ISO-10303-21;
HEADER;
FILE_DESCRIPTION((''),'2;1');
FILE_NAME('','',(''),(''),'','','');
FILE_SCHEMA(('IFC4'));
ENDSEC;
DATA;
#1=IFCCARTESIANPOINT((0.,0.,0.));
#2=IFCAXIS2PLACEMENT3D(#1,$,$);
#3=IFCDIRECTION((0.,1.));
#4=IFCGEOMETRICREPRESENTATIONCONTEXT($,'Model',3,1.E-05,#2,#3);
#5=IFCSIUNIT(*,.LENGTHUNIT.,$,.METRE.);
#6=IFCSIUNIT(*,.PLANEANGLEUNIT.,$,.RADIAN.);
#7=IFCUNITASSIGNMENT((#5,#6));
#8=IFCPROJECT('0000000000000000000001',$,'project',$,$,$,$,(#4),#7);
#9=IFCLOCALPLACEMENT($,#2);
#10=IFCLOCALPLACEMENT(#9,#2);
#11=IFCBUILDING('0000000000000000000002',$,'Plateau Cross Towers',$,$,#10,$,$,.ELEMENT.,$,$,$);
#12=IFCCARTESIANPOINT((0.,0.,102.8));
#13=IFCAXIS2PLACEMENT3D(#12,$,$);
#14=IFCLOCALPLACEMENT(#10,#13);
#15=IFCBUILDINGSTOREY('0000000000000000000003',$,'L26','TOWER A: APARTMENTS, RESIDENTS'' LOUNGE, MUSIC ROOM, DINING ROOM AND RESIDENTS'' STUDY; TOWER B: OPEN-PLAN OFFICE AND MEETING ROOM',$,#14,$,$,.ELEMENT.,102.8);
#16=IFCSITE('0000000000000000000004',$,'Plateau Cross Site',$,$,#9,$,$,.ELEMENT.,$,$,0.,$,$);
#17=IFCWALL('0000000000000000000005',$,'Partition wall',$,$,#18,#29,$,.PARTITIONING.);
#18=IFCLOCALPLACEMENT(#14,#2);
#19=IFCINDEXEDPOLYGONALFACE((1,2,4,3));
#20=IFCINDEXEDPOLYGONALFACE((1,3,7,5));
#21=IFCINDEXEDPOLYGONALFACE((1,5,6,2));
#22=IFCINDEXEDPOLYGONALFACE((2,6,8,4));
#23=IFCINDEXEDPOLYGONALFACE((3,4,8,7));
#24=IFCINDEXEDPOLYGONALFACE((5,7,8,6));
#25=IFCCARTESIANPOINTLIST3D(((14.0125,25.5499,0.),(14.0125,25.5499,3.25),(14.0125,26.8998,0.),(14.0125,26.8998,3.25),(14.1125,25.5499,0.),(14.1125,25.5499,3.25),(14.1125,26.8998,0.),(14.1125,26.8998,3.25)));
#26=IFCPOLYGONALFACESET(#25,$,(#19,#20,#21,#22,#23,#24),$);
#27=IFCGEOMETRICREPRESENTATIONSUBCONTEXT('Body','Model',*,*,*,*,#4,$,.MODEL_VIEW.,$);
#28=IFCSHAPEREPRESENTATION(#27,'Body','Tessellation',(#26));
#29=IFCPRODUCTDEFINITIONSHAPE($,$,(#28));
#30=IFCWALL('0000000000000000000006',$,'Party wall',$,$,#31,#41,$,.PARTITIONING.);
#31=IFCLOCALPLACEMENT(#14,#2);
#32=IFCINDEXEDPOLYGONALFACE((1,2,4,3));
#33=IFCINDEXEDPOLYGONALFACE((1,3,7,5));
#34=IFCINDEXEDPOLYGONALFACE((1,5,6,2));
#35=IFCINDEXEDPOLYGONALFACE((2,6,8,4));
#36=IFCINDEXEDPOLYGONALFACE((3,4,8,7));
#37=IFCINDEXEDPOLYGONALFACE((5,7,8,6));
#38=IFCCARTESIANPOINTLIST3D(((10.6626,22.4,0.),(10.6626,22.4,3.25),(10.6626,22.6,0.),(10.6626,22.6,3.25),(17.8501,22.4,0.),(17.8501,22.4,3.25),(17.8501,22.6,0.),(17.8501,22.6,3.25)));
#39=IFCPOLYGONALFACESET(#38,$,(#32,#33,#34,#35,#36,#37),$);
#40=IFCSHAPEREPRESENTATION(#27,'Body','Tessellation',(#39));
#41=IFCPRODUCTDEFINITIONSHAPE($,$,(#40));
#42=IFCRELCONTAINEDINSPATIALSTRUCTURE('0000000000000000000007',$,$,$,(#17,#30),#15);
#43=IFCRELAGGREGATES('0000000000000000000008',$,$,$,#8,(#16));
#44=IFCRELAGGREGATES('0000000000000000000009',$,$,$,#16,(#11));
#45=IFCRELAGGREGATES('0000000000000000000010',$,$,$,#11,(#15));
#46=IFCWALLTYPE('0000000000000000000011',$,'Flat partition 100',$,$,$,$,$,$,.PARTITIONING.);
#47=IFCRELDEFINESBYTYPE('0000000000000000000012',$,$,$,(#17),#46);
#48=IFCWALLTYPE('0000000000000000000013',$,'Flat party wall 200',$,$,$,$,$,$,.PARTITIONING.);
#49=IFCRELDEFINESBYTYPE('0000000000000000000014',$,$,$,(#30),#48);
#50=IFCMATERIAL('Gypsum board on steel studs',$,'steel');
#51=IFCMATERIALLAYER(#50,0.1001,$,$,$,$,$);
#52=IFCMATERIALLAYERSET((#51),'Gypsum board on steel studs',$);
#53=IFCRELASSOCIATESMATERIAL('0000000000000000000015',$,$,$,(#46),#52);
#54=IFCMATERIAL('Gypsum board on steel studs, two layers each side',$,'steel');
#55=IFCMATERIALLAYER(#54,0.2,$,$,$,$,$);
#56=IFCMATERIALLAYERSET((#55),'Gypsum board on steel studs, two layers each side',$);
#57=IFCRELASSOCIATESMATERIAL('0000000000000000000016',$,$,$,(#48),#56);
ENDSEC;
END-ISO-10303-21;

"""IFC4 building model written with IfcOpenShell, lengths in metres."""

from ifc_helpers import new_model, si_unit, direction, frame, frame_2d, origin, place, context, subcontext, project, spatial, rectangle, extrude, material, layer, layer_set, type_object, element, save


model = new_model("IFC4")

# Units and contexts
model_context = context("Model", 3, precision=1e-05, world=origin(), true_north=direction((0.0, 1.0)))
body_context = subcontext(model_context, "Body", "Model", "MODEL_VIEW")
ifc_project = project(units=[si_unit("LENGTHUNIT", "METRE"), si_unit("PLANEANGLEUNIT", "RADIAN")], contexts=[model_context])

# Site, building, storey
site_placement = place(None, origin())
site = spatial("IfcSite", under=ifc_project, at=site_placement, Name="Plateau Cross Site", CompositionType="ELEMENT", RefElevation=0.0)
building_placement = place(site_placement, origin())
building = spatial("IfcBuilding", under=site, at=building_placement, Name="Plateau Cross Towers", CompositionType="ELEMENT")
storey_placement = place(building_placement, frame((0.0, 0.0, 102.8)))
storey = spatial("IfcBuildingStorey", under=building, at=storey_placement, Name="L26", Description="TOWER A: APARTMENTS, RESIDENTS' LOUNGE, MUSIC ROOM, DINING ROOM AND RESIDENTS' STUDY; TOWER B: OPEN-PLAN OFFICE AND MEETING ROOM", CompositionType="ELEMENT", Elevation=102.8)

# Shared definitions
ifc_material_1 = material(Name="Gypsum board on steel studs", Category="steel")
ifc_layer_1 = layer(ifc_material_1, 0.1001)
ifc_layer_set_1 = layer_set([ifc_layer_1], Name="Gypsum board on steel studs")
wall_type_1 = type_object("IfcWallType", Name="Flat partition 100", PredefinedType="PARTITIONING", material=ifc_layer_set_1)

# Walls
for number, where, z_axis, x_axis, name in (
    (1, (14.0625, 25.55, 0.0), (0.0, 0.0, 1.0), (0.0, 1.0, 0.0), "Partition wall"),
):
    element("IfcWall", number, at=place(storey_placement, frame(where, z_axis=z_axis, x_axis=x_axis)), inside=storey, type_object=wall_type_1, Name=name, PredefinedType="PARTITIONING", context=body_context, shape_type="SweptSolid", body=[
        extrude(rectangle(XDim=1.3499, YDim=0.1001, at=frame_2d((0.6748, 0.0))), origin(), (0.0, 0.0, 1.0), 3.25),
    ])
ifc_material_2 = material(Name="Gypsum board on steel studs, two layers each side", Category="steel")
ifc_layer_2 = layer(ifc_material_2, 0.2)
ifc_layer_set_2 = layer_set([ifc_layer_2], Name="Gypsum board on steel studs, two layers each side")
wall_type_2 = type_object("IfcWallType", Name="Flat party wall 200", PredefinedType="PARTITIONING", material=ifc_layer_set_2)
wall_1_placement = place(storey_placement, frame((17.8501, 22.5, 0.0), z_axis=(0.0, 0.0, 1.0), x_axis=(-1.0, 0.0, 0.0)))
element("IfcWall", 2, at=wall_1_placement, inside=storey, type_object=wall_type_2, Name="Party wall", PredefinedType="PARTITIONING", context=body_context, shape_type="SweptSolid", body=[
    extrude(rectangle(XDim=7.1875, YDim=0.2, at=frame_2d((3.5938, 0.0))), origin(), (0.0, 0.0, 1.0), 3.25),
])

save(model, "model.ifc")
